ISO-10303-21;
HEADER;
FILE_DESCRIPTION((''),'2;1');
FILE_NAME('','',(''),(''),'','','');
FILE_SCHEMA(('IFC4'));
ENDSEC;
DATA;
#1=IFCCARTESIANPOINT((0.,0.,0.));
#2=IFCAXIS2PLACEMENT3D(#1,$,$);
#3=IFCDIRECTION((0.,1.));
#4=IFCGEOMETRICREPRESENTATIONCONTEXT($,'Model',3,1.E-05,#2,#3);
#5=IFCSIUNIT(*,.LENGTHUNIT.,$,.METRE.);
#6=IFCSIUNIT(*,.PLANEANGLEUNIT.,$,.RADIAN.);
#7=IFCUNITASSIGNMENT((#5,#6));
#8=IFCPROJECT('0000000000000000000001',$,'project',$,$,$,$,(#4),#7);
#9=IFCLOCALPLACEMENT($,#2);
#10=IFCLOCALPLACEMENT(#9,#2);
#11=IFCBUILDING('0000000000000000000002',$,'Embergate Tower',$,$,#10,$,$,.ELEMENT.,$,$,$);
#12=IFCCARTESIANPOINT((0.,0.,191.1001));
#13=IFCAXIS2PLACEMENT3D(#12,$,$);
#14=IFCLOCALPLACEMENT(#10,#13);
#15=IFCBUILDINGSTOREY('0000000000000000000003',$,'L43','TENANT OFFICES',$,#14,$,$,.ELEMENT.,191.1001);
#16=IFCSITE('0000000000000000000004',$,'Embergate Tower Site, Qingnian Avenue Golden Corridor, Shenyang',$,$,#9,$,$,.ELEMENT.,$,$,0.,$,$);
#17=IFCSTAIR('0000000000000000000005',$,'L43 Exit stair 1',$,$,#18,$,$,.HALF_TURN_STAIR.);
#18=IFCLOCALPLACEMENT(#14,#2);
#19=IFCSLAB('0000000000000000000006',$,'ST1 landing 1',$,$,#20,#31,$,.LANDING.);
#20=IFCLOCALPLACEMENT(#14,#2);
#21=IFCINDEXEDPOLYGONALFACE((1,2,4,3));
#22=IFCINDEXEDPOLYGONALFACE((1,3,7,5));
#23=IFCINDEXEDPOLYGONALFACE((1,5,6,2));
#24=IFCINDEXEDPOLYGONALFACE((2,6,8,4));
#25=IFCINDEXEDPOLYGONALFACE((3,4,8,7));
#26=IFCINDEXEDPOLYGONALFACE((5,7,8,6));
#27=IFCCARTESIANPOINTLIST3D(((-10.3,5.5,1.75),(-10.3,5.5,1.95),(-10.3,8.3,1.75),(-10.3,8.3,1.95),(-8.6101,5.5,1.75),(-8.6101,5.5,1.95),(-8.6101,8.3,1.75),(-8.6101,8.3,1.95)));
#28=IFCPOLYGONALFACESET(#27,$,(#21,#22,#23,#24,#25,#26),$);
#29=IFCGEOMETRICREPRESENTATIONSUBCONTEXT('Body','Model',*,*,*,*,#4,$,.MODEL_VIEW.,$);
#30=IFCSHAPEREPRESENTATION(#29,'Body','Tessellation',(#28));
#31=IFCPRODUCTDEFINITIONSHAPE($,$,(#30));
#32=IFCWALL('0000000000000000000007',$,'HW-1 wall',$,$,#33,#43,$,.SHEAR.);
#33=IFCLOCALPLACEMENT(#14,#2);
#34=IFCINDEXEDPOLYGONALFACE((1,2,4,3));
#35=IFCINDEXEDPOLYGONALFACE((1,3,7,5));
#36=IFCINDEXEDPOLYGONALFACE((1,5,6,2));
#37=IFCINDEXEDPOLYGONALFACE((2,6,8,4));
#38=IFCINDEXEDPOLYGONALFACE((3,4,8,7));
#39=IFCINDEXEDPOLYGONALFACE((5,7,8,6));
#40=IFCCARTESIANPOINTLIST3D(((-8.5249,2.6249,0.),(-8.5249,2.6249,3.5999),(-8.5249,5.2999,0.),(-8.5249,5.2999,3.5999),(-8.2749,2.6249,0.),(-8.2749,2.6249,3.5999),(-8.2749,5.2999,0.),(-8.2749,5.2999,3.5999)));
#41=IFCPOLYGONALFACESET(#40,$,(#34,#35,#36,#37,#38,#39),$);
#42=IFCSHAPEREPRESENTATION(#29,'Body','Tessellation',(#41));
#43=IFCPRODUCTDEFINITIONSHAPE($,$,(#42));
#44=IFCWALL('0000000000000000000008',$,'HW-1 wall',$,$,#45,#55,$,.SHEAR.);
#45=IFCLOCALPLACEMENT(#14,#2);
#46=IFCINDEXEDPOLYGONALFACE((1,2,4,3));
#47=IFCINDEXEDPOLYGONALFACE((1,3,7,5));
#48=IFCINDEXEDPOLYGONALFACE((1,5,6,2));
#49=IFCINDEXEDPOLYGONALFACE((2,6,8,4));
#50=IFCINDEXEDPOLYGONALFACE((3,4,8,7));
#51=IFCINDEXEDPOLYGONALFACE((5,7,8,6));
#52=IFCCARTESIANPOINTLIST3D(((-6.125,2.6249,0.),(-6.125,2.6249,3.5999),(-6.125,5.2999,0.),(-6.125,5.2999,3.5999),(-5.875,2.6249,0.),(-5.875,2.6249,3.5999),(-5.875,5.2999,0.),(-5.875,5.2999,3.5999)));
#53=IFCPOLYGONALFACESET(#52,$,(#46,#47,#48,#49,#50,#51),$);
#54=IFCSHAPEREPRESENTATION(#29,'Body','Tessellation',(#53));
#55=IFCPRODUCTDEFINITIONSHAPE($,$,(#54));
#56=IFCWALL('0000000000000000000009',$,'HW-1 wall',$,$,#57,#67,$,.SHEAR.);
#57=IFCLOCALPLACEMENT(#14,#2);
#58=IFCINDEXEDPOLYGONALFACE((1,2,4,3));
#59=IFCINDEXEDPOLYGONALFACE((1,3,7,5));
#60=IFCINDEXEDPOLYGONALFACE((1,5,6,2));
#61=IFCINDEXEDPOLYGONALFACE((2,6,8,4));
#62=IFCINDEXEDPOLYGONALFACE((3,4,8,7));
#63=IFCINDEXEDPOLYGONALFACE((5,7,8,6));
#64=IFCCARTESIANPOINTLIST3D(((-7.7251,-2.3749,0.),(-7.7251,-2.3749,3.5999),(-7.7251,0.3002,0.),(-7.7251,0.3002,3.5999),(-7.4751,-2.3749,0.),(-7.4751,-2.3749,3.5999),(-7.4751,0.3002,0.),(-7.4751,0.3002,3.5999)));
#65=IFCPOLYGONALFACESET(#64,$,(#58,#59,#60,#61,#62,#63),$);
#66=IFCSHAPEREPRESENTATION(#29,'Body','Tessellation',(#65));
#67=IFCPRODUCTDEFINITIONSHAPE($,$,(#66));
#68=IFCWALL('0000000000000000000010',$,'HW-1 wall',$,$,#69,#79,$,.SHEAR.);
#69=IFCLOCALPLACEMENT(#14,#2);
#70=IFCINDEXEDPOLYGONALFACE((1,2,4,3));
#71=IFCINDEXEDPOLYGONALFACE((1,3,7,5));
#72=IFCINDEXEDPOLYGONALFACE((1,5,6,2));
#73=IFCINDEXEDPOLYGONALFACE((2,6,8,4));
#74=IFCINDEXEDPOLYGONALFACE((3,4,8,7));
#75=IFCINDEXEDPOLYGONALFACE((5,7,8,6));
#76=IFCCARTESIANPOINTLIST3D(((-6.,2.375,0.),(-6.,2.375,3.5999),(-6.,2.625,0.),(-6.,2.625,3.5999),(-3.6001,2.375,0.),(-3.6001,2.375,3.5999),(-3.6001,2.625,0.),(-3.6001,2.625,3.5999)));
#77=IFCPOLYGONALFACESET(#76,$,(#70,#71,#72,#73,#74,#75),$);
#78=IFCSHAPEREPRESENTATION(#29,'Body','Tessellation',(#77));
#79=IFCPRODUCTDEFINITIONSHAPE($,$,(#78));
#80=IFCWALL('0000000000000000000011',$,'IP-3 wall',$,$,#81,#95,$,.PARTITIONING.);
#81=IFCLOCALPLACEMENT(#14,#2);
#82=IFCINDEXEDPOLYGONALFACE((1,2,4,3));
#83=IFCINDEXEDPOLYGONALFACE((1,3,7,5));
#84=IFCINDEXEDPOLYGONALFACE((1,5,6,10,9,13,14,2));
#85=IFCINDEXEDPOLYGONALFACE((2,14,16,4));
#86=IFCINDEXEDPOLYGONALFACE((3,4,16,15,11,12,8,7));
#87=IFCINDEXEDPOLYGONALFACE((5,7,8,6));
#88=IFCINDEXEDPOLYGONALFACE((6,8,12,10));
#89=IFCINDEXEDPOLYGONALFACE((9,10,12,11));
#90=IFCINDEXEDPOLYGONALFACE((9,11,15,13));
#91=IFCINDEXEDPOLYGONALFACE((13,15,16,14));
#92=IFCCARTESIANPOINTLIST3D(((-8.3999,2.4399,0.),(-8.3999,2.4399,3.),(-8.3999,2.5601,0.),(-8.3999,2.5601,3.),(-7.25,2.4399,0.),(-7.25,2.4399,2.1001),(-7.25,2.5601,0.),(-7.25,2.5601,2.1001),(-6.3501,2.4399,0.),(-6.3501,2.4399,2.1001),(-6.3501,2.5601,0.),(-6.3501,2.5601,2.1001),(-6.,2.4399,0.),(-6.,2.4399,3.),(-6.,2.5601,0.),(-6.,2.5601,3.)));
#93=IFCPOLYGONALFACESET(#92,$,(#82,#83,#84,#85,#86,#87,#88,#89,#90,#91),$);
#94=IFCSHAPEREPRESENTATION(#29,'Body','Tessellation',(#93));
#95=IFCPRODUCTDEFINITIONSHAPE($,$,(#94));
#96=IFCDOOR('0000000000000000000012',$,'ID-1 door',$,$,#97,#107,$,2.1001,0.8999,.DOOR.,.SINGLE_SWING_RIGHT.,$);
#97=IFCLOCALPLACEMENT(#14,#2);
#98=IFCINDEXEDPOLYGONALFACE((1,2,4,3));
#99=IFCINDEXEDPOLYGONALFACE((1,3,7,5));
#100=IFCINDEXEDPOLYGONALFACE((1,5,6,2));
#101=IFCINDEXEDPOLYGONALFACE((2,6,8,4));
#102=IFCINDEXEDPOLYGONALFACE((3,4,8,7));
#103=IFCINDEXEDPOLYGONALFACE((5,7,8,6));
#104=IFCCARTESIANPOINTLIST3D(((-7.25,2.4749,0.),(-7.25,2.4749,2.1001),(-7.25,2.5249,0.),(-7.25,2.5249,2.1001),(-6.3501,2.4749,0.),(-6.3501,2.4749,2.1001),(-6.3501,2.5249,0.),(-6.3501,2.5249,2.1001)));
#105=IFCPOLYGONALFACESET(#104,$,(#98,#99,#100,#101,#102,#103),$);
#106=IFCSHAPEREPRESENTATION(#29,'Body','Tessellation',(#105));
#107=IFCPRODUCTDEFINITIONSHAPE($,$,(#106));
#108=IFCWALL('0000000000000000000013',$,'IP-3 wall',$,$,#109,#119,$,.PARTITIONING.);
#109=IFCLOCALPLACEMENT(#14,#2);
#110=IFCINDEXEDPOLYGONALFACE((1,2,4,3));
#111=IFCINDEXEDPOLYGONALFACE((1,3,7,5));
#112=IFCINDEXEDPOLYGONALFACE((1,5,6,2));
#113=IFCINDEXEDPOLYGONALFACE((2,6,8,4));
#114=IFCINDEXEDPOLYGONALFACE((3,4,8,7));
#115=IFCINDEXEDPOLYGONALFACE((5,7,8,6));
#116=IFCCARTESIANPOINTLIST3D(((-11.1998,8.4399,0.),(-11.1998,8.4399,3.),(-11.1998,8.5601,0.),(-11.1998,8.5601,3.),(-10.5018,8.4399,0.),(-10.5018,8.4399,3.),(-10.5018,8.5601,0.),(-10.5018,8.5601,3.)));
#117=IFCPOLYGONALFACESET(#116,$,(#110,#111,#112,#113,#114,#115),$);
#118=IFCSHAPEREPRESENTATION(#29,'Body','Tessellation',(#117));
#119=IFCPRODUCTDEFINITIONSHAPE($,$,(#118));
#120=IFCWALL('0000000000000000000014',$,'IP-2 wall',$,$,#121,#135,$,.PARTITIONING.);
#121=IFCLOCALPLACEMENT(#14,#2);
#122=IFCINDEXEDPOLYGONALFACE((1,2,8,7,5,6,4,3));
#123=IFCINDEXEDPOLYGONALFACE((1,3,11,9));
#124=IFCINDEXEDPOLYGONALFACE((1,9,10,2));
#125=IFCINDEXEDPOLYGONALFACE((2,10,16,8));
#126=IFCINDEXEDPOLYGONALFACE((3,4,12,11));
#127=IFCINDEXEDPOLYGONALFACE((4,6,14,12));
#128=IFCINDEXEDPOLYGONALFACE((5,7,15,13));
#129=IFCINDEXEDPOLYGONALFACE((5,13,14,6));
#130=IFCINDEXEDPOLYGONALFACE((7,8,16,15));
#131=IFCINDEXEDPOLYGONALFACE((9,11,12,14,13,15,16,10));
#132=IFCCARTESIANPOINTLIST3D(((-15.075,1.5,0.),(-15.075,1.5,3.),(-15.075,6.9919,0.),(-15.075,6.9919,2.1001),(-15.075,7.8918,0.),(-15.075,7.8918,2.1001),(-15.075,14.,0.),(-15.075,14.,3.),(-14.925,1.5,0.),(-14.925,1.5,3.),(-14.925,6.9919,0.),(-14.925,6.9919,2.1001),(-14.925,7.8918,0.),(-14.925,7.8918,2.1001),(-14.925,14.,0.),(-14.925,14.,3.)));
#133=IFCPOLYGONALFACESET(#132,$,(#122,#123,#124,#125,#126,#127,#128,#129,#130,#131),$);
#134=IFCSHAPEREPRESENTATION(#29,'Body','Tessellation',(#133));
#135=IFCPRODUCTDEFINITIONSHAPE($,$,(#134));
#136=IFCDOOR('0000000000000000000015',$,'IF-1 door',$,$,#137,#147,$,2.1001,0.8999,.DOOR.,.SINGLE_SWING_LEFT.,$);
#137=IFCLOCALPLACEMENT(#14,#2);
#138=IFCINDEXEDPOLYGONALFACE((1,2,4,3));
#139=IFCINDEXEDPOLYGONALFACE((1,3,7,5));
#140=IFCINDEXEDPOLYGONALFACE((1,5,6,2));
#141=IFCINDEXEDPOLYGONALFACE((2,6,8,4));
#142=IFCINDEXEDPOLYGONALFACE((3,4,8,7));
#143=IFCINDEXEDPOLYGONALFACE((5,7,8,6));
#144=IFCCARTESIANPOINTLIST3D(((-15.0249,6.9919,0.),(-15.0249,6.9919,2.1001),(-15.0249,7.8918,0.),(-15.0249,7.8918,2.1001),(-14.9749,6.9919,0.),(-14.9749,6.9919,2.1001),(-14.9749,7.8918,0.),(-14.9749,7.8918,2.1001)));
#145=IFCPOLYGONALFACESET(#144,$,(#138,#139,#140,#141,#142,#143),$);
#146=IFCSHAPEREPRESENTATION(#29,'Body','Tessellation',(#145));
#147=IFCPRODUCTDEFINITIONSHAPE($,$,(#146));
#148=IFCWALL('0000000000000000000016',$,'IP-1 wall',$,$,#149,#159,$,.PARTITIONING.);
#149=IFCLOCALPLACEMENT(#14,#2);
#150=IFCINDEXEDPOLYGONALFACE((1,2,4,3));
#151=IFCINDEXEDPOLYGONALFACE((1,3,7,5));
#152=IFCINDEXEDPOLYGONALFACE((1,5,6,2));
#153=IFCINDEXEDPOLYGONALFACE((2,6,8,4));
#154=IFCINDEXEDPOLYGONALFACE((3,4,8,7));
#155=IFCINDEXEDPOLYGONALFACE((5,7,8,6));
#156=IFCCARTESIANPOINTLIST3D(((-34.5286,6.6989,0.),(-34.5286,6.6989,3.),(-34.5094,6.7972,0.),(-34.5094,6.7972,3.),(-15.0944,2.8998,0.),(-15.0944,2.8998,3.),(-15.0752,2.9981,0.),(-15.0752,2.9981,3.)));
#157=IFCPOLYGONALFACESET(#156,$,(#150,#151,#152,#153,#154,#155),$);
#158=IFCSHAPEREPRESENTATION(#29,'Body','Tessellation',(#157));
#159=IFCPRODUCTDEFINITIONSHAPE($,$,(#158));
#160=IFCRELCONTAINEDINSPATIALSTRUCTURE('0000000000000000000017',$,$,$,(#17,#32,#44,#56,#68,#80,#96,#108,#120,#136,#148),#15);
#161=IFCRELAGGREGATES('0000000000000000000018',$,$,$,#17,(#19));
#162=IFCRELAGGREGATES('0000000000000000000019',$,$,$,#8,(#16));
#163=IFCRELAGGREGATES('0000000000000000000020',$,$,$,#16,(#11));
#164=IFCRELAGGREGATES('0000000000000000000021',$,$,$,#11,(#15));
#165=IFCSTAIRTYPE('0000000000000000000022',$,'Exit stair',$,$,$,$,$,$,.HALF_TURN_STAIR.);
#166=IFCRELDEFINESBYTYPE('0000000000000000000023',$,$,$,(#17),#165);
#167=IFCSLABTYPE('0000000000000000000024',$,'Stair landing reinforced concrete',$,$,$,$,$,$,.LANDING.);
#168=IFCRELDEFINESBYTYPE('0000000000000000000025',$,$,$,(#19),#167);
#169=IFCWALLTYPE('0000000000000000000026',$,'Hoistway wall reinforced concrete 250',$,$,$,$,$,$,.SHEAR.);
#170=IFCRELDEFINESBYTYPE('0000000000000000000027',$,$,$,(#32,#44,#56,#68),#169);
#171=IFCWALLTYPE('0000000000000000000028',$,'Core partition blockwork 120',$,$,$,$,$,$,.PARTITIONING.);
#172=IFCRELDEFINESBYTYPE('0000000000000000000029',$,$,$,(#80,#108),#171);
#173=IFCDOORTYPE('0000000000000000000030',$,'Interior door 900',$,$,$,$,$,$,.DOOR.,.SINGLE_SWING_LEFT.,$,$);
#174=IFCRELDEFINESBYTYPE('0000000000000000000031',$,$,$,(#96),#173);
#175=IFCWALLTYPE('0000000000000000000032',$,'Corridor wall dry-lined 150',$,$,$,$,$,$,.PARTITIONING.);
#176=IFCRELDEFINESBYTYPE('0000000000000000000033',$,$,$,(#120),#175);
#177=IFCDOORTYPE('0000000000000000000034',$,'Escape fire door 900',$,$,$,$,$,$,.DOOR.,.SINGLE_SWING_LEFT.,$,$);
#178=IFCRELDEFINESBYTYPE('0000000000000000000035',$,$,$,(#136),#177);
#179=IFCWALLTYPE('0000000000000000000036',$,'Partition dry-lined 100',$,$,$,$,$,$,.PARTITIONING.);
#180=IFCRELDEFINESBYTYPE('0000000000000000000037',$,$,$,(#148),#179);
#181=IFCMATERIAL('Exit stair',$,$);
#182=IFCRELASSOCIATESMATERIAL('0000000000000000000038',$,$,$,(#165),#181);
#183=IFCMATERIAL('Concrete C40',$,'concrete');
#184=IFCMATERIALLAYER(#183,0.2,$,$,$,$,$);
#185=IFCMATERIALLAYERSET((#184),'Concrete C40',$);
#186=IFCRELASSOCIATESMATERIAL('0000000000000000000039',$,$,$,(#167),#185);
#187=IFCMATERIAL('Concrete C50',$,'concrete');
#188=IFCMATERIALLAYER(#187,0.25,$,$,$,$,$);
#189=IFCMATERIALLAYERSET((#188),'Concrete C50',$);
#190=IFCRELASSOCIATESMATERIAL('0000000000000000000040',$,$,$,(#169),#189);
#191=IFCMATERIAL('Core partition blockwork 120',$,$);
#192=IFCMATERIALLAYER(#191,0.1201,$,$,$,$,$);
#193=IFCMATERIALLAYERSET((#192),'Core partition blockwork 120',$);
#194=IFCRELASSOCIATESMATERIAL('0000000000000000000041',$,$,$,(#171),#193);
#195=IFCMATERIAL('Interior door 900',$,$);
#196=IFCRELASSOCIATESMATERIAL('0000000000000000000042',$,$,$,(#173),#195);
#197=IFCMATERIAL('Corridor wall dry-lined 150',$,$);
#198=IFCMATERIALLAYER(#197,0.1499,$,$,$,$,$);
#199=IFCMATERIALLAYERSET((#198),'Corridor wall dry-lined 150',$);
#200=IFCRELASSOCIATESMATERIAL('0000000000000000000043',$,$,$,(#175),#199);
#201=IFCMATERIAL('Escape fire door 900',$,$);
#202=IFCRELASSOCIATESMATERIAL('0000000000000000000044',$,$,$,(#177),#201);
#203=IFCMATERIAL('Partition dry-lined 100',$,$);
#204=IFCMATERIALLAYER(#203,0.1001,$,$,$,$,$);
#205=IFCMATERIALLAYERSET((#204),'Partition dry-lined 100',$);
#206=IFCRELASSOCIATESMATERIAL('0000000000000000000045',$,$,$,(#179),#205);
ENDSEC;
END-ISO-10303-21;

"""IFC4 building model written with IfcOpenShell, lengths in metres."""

from ifc_helpers import new_model, si_unit, direction, frame, frame_2d, origin, place, context, subcontext, project, spatial, polyline, rectangle, outline, extrude, source, transform, mapped, material, layer, layer_set, type_object, element, fill, aggregate, save


model = new_model("IFC4")

# Units and contexts
model_context = context("Model", 3, precision=1e-05, world=origin(), true_north=direction((0.0, 1.0)))
body_context = subcontext(model_context, "Body", "Model", "MODEL_VIEW")
ifc_project = project(units=[si_unit("LENGTHUNIT", "METRE"), si_unit("PLANEANGLEUNIT", "RADIAN")], contexts=[model_context])

# Site, building, storey
site_placement = place(None, origin())
site = spatial("IfcSite", under=ifc_project, at=site_placement, Name="Embergate Tower Site, Qingnian Avenue Golden Corridor, Shenyang", CompositionType="ELEMENT", RefElevation=0.0)
building_placement = place(site_placement, origin())
building = spatial("IfcBuilding", under=site, at=building_placement, Name="Embergate Tower", CompositionType="ELEMENT")
storey_placement = place(building_placement, frame((0.0, 0.0, 191.1001)))
storey = spatial("IfcBuildingStorey", under=building, at=storey_placement, Name="L43", Description="TENANT OFFICES", CompositionType="ELEMENT", Elevation=191.1001)

# Stair, slab
ifc_material_1 = material(Name="Exit stair")
stair_type = type_object("IfcStairType", Name="Exit stair", PredefinedType="HALF_TURN_STAIR", material=ifc_material_1)
stair_placement = place(storey_placement, origin())
stair = element("IfcStair", 1, at=stair_placement, inside=storey, type_object=stair_type, Name="L43 Exit stair 1", PredefinedType="HALF_TURN_STAIR")
ifc_material_2 = material(Name="Concrete C40", Category="concrete")
ifc_layer_1 = layer(ifc_material_2, 0.2)
ifc_layer_set_1 = layer_set([ifc_layer_1], Name="Concrete C40")
slab_type = type_object("IfcSlabType", Name="Stair landing reinforced concrete", PredefinedType="LANDING", material=ifc_layer_set_1)
shared_shape_1 = source(origin(), body_context, "Body", "SweptSolid", [
    extrude(outline(polyline([(0.0, 0.0), (1.6899, 0.0), (1.6899, 2.8), (0.0, 2.8), (0.0, 0.0)])), origin(), (0.0, 0.0, 1.0), 0.2),
])
slab_placement = place(storey_placement, frame((-10.3, 5.5, 1.75)))
slab = element("IfcSlab", 2, at=slab_placement, type_object=slab_type, Name="ST1 landing 1", PredefinedType="LANDING", context=body_context, shape_type="MappedRepresentation", body=[
    mapped(shared_shape_1, transform((0.0, 0.0, 0.0))),
])

# Walls
ifc_material_3 = material(Name="Concrete C50", Category="concrete")
ifc_layer_2 = layer(ifc_material_3, 0.25)
ifc_layer_set_2 = layer_set([ifc_layer_2], Name="Concrete C50")
wall_type_1 = type_object("IfcWallType", Name="Hoistway wall reinforced concrete 250", PredefinedType="SHEAR", material=ifc_layer_set_2)
shared_shape_2 = source(origin(), body_context, "Body", "SweptSolid", [
    extrude(rectangle(XDim=2.675, YDim=0.25, at=frame_2d((1.3374, 0.0))), origin(), (0.0, 0.0, 1.0), 3.5999),
])
for number, where, z_axis, x_axis, name in (
    (3, (-8.3999, 2.625, 0.0), (0.0, 0.0, 1.0), (0.0, 1.0, 0.0), "HW-1 wall"),
    (4, (-6.0, 2.625, 0.0), (0.0, 0.0, 1.0), (0.0, 1.0, 0.0), "HW-1 wall"),
    (5, (-7.6001, 0.3, 0.0), (0.0, 0.0, 1.0), (0.0, -1.0, 0.0), "HW-1 wall"),
):
    element("IfcWall", number, at=place(storey_placement, frame(where, z_axis=z_axis, x_axis=x_axis)), inside=storey, type_object=wall_type_1, Name=name, PredefinedType="SHEAR", context=body_context, shape_type="MappedRepresentation", body=[
        mapped(shared_shape_2, transform((0.0, 0.0, 0.0))),
    ])
shared_shape_3 = source(origin(), body_context, "Body", "SweptSolid", [
    extrude(rectangle(XDim=2.3999, YDim=0.25, at=frame_2d((1.2, 0.0))), origin(), (0.0, 0.0, 1.0), 3.5999),
])
wall_1_placement = place(storey_placement, frame((-6.0, 2.5, 0.0), z_axis=(0.0, 0.0, 1.0), x_axis=(1.0, 0.0, 0.0)))
element("IfcWall", 6, at=wall_1_placement, inside=storey, type_object=wall_type_1, Name="HW-1 wall", PredefinedType="SHEAR", context=body_context, shape_type="MappedRepresentation", body=[
    mapped(shared_shape_3, transform((0.0, 0.0, 0.0))),
])

# Wall, opening, door
ifc_material_4 = material(Name="Core partition blockwork 120")
ifc_layer_3 = layer(ifc_material_4, 0.1201)
ifc_layer_set_3 = layer_set([ifc_layer_3], Name="Core partition blockwork 120")
wall_type_2 = type_object("IfcWallType", Name="Core partition blockwork 120", PredefinedType="PARTITIONING", material=ifc_layer_set_3)
shared_shape_4 = source(origin(), body_context, "Body", "SweptSolid", [
    extrude(rectangle(XDim=2.3999, YDim=0.1201, at=frame_2d((1.2, 0.0))), origin(), (0.0, 0.0, 1.0), 3.0),
])
wall_2_placement = place(storey_placement, frame((-8.3999, 2.5, 0.0), z_axis=(0.0, 0.0, 1.0), x_axis=(1.0, 0.0, 0.0)))
wall_2 = element("IfcWall", 7, at=wall_2_placement, inside=storey, type_object=wall_type_2, Name="IP-3 wall", PredefinedType="PARTITIONING", context=body_context, shape_type="MappedRepresentation", body=[
    mapped(shared_shape_4, transform((0.0, 0.0, 0.0))),
])
shared_shape_5 = source(origin(), body_context, "Body", "SweptSolid", [
    extrude(rectangle(XDim=0.8999, YDim=2.1001, at=frame_2d((0.45, 1.05))), frame((0.0, 0.0701, 0.0), z_axis=(0.0, -1.0, 0.0), x_axis=(1.0, 0.0, 0.0)), (0.0, 0.0, 1.0), 0.1401),
])
opening_1_placement = place(wall_2_placement, frame((1.1499, 0.0, 0.0)))
opening_1 = element("IfcOpeningElement", 8, at=opening_1_placement, cuts=wall_2, PredefinedType="OPENING", context=body_context, shape_type="MappedRepresentation", body=[
    mapped(shared_shape_5, transform((0.0, 0.0, 0.0))),
])
ifc_material_5 = material(Name="Interior door 900")
door_type_1 = type_object("IfcDoorType", Name="Interior door 900", OperationType="SINGLE_SWING_LEFT", PredefinedType="DOOR", material=ifc_material_5)
shared_shape_6 = source(origin(), body_context, "Body", "SweptSolid", [
    extrude(rectangle(XDim=0.8999, YDim=2.1001, at=frame_2d((0.45, 1.05))), frame((0.0, 0.0249, 0.0), z_axis=(0.0, -1.0, 0.0), x_axis=(1.0, 0.0, 0.0)), (0.0, 0.0, 1.0), 0.05),
])
door_1_placement = place(opening_1_placement, origin())
door_1 = element("IfcDoor", 9, at=door_1_placement, inside=storey, type_object=door_type_1, Name="ID-1 door", OperationType="SINGLE_SWING_RIGHT", OverallHeight=2.1001, OverallWidth=0.8999, PredefinedType="DOOR", context=body_context, shape_type="MappedRepresentation", body=[
    mapped(shared_shape_6, transform((0.0, 0.0, 0.0))),
])
fill(opening_1, door_1)

# Wall
shared_shape_7 = source(origin(), body_context, "Body", "SweptSolid", [
    extrude(rectangle(XDim=0.698, YDim=0.1201, at=frame_2d((0.3491, 0.0))), origin(), (0.0, 0.0, 1.0), 3.0),
])
wall_3_placement = place(storey_placement, frame((-11.2, 8.5, 0.0), z_axis=(0.0, 0.0, 1.0), x_axis=(1.0, 0.0, 0.0)))
element("IfcWall", 10, at=wall_3_placement, inside=storey, type_object=wall_type_2, Name="IP-3 wall", PredefinedType="PARTITIONING", context=body_context, shape_type="MappedRepresentation", body=[
    mapped(shared_shape_7, transform((0.0, 0.0, 0.0))),
])

# Wall, opening, door
ifc_material_6 = material(Name="Corridor wall dry-lined 150")
ifc_layer_4 = layer(ifc_material_6, 0.1499)
ifc_layer_set_4 = layer_set([ifc_layer_4], Name="Corridor wall dry-lined 150")
wall_type_3 = type_object("IfcWallType", Name="Corridor wall dry-lined 150", PredefinedType="PARTITIONING", material=ifc_layer_set_4)
shared_shape_8 = source(origin(), body_context, "Body", "SweptSolid", [
    extrude(rectangle(XDim=12.5, YDim=0.1499, at=frame_2d((6.25, 0.0))), origin(), (0.0, 0.0, 1.0), 3.0),
])
wall_4_placement = place(storey_placement, frame((-15.0, 1.5, 0.0), z_axis=(0.0, 0.0, 1.0), x_axis=(0.0, 1.0, 0.0)))
wall_4 = element("IfcWall", 11, at=wall_4_placement, inside=storey, type_object=wall_type_3, Name="IP-2 wall", PredefinedType="PARTITIONING", context=body_context, shape_type="MappedRepresentation", body=[
    mapped(shared_shape_8, transform((0.0, 0.0, 0.0))),
])
shared_shape_9 = source(origin(), body_context, "Body", "SweptSolid", [
    extrude(rectangle(XDim=0.8999, YDim=2.1001, at=frame_2d((0.45, 1.05))), frame((0.0, 0.085, 0.0), z_axis=(0.0, -1.0, 0.0), x_axis=(1.0, 0.0, 0.0)), (0.0, 0.0, 1.0), 0.1699),
])
opening_2_placement = place(wall_4_placement, frame((5.4919, 0.0, 0.0)))
opening_2 = element("IfcOpeningElement", 12, at=opening_2_placement, cuts=wall_4, PredefinedType="OPENING", context=body_context, shape_type="MappedRepresentation", body=[
    mapped(shared_shape_9, transform((0.0, 0.0, 0.0))),
])
ifc_material_7 = material(Name="Escape fire door 900")
door_type_2 = type_object("IfcDoorType", Name="Escape fire door 900", OperationType="SINGLE_SWING_LEFT", PredefinedType="DOOR", material=ifc_material_7)
door_2_placement = place(opening_2_placement, origin())
door_2 = element("IfcDoor", 13, at=door_2_placement, inside=storey, type_object=door_type_2, Name="IF-1 door", OperationType="SINGLE_SWING_LEFT", OverallHeight=2.1001, OverallWidth=0.8999, PredefinedType="DOOR", context=body_context, shape_type="MappedRepresentation", body=[
    mapped(shared_shape_6, transform((0.0, 0.0, 0.0))),
])
fill(opening_2, door_2)

# Wall
ifc_material_8 = material(Name="Partition dry-lined 100")
ifc_layer_5 = layer(ifc_material_8, 0.1001)
ifc_layer_set_5 = layer_set([ifc_layer_5], Name="Partition dry-lined 100")
wall_type_4 = type_object("IfcWallType", Name="Partition dry-lined 100", PredefinedType="PARTITIONING", material=ifc_layer_set_5)
shared_shape_10 = source(origin(), body_context, "Body", "SweptSolid", [
    extrude(rectangle(XDim=19.802, YDim=0.1001, at=frame_2d((9.9009, 0.0))), origin(), (0.0, 0.0, 1.0), 3.0),
])
wall_5_placement = place(storey_placement, frame((-15.085, 2.949, 0.0), z_axis=(0.0, 0.0, 1.0), x_axis=(-0.981424, 0.191854, 0.0)))
element("IfcWall", 14, at=wall_5_placement, inside=storey, type_object=wall_type_4, Name="IP-1 wall", PredefinedType="PARTITIONING", context=body_context, shape_type="MappedRepresentation", body=[
    mapped(shared_shape_10, transform((0.0, 0.0, 0.0))),
])

aggregate(stair, [slab])

save(model, "model.ifc")
